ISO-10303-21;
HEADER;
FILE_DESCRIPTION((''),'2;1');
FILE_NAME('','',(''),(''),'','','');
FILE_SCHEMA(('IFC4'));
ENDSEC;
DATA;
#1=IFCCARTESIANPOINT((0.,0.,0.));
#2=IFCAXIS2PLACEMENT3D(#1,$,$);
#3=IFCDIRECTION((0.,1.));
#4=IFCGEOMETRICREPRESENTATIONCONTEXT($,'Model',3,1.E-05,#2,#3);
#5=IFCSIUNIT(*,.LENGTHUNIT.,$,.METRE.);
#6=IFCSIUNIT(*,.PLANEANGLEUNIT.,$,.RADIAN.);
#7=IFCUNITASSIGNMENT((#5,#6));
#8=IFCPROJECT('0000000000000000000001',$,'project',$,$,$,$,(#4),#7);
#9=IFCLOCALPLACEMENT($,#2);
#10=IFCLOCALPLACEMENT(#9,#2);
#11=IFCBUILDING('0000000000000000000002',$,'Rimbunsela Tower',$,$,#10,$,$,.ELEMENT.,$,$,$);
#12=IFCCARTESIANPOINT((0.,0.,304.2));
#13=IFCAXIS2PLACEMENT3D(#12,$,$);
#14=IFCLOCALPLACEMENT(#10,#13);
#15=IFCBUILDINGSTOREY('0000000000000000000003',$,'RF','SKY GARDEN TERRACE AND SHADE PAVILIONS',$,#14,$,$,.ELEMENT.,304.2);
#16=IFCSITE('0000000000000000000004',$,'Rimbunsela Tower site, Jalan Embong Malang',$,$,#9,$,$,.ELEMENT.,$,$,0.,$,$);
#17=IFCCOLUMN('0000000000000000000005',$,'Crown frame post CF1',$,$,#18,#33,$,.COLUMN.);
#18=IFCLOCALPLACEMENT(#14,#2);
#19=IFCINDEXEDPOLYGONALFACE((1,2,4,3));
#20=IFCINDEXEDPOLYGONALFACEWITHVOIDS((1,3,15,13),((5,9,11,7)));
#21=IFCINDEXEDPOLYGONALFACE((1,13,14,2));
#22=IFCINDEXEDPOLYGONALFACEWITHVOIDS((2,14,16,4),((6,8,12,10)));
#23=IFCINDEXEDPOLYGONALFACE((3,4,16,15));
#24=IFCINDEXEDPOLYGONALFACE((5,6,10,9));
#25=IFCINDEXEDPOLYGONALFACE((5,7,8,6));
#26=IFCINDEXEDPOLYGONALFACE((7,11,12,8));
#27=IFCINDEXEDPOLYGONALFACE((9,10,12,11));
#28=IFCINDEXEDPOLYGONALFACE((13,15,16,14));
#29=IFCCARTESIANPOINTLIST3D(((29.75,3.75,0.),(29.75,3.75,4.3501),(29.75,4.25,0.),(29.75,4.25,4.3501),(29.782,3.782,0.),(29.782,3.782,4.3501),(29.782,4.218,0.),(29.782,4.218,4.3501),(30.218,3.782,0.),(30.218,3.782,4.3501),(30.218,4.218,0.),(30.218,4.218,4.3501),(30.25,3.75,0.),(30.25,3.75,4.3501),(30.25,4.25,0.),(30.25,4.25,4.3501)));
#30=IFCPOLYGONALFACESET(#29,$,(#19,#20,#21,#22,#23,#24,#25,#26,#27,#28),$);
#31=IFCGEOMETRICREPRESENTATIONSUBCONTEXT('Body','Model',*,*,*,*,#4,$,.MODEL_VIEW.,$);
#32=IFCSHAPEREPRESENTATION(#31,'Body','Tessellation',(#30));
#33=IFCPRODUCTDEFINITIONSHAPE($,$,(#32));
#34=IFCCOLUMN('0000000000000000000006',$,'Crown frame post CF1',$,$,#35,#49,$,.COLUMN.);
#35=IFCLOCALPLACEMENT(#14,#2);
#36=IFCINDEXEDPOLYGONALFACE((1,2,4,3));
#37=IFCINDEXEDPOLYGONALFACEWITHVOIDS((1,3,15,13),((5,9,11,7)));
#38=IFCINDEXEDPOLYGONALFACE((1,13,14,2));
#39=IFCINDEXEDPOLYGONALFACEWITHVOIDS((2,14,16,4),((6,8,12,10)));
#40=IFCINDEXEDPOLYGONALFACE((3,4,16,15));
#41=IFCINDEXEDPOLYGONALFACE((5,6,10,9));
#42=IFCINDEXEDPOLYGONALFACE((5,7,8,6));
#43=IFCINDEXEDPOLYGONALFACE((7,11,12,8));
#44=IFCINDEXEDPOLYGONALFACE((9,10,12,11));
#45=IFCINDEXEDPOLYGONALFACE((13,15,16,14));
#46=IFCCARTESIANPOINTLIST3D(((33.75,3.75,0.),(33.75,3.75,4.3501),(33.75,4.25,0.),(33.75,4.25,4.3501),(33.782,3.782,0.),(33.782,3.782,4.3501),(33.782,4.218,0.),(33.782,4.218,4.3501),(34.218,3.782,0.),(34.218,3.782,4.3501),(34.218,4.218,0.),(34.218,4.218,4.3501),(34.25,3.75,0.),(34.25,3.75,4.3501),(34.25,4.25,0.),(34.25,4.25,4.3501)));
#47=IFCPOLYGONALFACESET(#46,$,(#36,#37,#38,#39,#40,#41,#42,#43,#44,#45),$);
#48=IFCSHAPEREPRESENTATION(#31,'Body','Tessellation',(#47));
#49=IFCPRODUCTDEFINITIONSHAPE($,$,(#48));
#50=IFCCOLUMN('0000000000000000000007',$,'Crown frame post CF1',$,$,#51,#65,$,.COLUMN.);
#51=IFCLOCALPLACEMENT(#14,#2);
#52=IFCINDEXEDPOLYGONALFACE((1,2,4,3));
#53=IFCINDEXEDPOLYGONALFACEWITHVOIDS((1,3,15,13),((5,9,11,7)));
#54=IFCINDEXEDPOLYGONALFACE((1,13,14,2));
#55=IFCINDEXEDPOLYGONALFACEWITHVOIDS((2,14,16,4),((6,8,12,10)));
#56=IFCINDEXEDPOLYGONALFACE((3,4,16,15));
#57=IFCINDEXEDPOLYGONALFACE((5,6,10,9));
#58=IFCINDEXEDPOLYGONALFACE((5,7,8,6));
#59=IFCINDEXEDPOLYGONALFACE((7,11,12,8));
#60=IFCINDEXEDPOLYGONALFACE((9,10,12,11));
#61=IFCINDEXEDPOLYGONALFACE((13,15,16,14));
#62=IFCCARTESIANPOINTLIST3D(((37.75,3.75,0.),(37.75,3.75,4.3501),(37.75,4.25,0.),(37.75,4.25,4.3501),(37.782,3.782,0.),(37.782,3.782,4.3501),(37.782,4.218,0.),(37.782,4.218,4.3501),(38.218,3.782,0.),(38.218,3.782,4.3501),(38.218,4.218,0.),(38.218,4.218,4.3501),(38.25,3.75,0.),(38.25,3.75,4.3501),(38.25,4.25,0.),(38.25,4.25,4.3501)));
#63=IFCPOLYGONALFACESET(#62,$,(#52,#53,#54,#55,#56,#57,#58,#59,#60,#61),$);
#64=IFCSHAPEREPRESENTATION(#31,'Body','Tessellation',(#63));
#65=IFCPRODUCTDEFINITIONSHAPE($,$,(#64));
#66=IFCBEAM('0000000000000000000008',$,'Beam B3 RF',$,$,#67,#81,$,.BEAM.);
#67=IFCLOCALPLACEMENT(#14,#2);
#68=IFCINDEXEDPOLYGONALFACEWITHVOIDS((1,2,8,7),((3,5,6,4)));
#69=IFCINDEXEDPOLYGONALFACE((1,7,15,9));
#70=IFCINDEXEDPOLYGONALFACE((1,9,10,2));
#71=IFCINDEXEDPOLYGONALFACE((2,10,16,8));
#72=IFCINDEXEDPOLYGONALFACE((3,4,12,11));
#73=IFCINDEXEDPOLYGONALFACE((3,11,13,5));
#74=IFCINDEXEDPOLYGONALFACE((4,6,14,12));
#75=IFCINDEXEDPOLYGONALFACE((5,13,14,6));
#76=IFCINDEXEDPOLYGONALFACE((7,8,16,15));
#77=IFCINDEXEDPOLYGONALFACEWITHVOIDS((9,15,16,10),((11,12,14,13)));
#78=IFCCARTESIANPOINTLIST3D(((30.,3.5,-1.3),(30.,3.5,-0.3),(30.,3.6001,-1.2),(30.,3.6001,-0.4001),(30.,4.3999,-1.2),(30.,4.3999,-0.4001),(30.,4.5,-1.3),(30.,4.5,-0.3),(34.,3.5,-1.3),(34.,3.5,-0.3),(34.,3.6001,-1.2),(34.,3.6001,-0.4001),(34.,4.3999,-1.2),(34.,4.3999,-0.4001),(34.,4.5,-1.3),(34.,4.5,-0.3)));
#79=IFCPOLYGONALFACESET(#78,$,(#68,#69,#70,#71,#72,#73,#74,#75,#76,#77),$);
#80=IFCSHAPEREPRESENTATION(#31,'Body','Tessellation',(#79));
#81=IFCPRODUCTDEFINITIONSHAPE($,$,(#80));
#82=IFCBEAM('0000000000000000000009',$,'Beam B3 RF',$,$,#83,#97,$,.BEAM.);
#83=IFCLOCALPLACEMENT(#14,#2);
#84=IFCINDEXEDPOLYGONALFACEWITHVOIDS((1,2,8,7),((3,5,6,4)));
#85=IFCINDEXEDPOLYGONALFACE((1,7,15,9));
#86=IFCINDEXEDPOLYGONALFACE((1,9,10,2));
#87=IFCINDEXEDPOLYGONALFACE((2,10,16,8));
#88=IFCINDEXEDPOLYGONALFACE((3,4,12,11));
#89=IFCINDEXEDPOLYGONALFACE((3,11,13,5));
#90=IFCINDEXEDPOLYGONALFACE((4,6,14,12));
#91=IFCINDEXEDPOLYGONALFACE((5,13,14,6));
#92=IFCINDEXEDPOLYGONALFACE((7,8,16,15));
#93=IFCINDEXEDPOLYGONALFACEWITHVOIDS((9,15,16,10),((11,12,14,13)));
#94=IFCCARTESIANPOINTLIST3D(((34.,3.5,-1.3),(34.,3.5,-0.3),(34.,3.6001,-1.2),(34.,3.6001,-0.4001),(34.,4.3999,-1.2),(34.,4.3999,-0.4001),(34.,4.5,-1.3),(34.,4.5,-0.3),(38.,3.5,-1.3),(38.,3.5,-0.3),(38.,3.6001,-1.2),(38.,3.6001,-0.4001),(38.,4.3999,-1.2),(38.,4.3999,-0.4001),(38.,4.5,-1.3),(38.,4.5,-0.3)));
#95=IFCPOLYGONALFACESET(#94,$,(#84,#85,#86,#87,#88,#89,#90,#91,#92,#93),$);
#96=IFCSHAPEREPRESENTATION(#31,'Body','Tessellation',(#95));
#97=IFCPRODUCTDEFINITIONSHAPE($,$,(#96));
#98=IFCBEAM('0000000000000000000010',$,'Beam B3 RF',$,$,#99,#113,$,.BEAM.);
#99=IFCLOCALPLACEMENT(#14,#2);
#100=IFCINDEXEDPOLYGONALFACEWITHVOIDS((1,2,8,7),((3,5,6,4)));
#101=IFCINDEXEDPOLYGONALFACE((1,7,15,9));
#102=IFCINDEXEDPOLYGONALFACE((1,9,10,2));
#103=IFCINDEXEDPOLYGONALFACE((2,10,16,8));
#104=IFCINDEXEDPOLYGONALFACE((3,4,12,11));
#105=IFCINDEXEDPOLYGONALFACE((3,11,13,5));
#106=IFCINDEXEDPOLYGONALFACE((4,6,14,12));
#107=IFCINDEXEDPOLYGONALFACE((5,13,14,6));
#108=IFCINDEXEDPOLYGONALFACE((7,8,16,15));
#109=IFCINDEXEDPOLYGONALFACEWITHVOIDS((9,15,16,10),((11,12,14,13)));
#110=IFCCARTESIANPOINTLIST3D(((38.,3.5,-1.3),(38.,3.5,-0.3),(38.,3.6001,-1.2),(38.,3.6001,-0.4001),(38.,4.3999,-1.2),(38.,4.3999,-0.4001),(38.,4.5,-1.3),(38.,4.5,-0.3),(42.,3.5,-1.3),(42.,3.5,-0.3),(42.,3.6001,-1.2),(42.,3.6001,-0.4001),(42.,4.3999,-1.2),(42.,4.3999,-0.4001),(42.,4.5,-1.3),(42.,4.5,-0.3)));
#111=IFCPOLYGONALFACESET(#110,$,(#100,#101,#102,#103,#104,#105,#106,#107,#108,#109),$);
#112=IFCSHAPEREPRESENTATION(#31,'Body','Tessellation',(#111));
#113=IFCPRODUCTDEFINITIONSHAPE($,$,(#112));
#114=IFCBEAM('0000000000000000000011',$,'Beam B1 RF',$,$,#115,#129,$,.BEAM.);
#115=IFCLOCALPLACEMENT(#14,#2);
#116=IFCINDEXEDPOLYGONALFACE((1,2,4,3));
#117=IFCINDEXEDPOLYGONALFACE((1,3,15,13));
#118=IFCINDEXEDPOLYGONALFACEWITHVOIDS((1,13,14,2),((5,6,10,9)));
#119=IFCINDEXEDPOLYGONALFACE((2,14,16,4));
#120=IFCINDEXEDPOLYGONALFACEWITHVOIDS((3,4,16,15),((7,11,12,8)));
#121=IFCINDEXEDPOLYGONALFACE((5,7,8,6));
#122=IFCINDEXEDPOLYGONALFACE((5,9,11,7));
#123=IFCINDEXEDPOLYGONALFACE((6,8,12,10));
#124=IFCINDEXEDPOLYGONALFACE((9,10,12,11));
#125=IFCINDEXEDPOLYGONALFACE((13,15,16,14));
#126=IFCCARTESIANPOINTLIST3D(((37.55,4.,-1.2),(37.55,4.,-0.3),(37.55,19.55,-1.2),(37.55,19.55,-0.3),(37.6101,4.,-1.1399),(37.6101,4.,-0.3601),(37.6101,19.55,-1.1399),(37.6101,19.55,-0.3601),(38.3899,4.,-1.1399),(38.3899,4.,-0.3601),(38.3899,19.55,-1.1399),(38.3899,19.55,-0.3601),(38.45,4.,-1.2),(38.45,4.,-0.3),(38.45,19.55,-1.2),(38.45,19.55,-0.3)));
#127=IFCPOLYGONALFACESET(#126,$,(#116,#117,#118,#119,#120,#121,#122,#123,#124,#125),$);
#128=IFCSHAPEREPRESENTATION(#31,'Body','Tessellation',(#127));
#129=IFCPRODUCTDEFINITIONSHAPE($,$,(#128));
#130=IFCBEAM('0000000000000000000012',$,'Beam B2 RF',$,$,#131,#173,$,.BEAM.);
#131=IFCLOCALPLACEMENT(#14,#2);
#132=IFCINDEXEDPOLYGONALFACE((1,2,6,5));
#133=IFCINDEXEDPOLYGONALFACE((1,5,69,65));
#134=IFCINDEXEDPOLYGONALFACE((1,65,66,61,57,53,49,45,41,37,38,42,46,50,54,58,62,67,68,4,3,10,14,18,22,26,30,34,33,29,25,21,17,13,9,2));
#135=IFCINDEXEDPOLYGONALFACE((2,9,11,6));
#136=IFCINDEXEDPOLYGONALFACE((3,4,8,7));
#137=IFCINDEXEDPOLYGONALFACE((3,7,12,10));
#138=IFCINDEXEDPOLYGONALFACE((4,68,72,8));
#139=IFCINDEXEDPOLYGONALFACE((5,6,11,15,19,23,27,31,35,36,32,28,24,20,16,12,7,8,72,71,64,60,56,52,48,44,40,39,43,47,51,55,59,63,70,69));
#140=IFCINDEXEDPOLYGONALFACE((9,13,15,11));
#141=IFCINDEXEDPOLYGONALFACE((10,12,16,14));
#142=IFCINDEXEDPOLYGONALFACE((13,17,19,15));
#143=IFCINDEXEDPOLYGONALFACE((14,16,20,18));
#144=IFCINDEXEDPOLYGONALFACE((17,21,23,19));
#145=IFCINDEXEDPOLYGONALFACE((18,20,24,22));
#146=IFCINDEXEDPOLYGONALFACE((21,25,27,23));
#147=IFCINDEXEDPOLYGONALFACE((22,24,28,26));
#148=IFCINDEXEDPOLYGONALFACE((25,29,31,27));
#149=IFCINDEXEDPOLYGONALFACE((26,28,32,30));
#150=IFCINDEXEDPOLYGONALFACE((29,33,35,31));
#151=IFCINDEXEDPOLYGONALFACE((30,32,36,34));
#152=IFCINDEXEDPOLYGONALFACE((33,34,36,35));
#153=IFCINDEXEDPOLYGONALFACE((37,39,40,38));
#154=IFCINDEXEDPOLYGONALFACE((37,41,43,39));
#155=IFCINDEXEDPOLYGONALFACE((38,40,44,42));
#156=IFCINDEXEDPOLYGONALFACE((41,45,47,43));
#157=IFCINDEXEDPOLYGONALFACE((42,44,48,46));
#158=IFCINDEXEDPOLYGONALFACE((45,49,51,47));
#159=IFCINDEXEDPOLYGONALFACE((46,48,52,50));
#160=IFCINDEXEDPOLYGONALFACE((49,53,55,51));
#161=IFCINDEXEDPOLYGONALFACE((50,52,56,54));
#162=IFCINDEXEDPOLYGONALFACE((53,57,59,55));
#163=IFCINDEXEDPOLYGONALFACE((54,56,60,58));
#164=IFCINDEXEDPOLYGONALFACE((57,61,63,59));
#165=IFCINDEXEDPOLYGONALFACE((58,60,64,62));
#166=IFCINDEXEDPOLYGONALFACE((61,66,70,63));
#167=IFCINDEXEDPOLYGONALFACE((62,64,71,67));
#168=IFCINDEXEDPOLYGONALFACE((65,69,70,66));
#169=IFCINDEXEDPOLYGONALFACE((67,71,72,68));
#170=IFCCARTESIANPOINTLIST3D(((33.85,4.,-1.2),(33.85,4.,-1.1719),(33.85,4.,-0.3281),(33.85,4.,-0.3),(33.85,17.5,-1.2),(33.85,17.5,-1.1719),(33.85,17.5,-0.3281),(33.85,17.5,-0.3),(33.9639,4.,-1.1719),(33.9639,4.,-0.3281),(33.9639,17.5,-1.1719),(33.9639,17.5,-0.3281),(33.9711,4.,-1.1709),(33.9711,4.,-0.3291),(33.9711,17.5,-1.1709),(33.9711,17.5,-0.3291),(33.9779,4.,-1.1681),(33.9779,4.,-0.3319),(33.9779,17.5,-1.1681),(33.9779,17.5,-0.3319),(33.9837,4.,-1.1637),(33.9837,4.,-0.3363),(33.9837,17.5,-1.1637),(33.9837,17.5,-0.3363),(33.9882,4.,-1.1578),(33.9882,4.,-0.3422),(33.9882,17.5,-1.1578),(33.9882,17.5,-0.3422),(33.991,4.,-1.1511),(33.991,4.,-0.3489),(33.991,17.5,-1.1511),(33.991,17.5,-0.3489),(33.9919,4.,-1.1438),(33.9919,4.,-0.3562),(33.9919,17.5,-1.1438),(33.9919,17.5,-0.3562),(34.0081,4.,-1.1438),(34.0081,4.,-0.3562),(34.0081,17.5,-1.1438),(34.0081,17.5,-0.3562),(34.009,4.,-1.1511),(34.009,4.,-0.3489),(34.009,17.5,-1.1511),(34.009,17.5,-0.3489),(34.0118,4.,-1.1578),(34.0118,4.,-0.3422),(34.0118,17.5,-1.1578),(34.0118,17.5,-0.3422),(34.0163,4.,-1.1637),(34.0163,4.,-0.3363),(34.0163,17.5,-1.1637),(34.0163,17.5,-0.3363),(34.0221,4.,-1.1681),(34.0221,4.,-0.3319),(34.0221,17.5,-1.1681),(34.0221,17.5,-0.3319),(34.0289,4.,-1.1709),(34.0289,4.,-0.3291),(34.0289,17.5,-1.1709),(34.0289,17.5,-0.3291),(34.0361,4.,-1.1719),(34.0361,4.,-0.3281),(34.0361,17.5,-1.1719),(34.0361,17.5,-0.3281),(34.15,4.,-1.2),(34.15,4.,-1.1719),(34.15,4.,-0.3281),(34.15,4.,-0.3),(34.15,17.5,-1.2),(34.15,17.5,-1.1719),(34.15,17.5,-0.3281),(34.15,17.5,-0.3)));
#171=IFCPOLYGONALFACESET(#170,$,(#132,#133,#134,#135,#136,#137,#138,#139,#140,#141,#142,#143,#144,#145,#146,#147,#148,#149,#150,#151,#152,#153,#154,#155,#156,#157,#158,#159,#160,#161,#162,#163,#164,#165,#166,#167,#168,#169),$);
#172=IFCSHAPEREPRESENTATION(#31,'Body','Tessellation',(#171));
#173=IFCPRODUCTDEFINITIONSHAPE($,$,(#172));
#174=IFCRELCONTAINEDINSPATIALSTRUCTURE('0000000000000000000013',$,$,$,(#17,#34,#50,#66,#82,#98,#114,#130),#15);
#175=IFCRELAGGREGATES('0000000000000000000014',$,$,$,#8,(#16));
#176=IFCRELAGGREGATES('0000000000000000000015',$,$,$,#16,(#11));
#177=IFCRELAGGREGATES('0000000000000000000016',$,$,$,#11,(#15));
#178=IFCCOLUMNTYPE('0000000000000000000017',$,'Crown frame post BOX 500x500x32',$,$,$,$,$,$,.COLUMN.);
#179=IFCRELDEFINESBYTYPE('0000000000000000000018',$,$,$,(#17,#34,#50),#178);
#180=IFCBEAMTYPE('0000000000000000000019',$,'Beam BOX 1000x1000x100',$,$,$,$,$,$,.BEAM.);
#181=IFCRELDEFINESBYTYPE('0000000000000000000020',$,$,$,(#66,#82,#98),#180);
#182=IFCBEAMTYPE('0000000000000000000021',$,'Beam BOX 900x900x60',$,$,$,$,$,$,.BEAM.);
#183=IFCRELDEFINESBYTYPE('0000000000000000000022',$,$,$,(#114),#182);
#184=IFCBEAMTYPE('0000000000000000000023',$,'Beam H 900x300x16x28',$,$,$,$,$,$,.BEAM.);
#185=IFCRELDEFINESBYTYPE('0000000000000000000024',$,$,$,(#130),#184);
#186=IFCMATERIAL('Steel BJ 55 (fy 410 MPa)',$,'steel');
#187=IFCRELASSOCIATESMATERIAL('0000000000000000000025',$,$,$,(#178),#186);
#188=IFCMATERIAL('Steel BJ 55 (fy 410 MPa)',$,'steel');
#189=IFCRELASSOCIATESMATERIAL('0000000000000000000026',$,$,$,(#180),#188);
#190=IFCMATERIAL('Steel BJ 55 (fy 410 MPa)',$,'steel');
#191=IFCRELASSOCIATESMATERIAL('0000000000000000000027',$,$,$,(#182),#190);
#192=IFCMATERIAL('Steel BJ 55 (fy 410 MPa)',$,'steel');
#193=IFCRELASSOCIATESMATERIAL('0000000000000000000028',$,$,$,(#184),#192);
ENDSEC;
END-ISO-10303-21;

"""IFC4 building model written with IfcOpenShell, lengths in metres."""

from ifc_helpers import new_model, si_unit, direction, frame, origin, origin_2d, place, context, subcontext, project, spatial, hollow_rectangle, i_section, extrude, material, material_profile, profile_set, type_object, element, save


model = new_model("IFC4")

# Units and contexts
model_context = context("Model", 3, precision=1e-05, world=origin(), true_north=direction((0.0, 1.0)))
body_context = subcontext(model_context, "Body", "Model", "MODEL_VIEW")
ifc_project = project(units=[si_unit("LENGTHUNIT", "METRE"), si_unit("PLANEANGLEUNIT", "RADIAN")], contexts=[model_context])

# Site, building, storey
site_placement = place(None, origin())
site = spatial("IfcSite", under=ifc_project, at=site_placement, Name="Rimbunsela Tower site, Jalan Embong Malang", CompositionType="ELEMENT", RefElevation=0.0)
building_placement = place(site_placement, origin())
building = spatial("IfcBuilding", under=site, at=building_placement, Name="Rimbunsela Tower", CompositionType="ELEMENT")
storey_placement = place(building_placement, frame((0.0, 0.0, 304.2)))
storey = spatial("IfcBuildingStorey", under=building, at=storey_placement, Name="RF", Description="SKY GARDEN TERRACE AND SHADE PAVILIONS", CompositionType="ELEMENT", Elevation=304.2)

# Columns
ifc_material_1 = material(Name="Steel BJ 55 (fy 410 MPa)", Category="steel")
ifc_material_profile_1 = material_profile(ifc_material_1, hollow_rectangle(XDim=0.5, YDim=0.5, WallThickness=0.032, at=origin_2d()), Name="BOX 500x500x32")
ifc_profile_set_1 = profile_set([ifc_material_profile_1], Name="Steel BJ 55 (fy 410 MPa)")
column_type = type_object("IfcColumnType", Name="Crown frame post BOX 500x500x32", PredefinedType="COLUMN", material=ifc_profile_set_1)
for number, where, z_axis, x_axis, name in (
    (1, (30.0, 4.0, 0.0), (0.0, 0.0, 1.0), (1.0, 0.0, 0.0), "Crown frame post CF1"),
    (2, (34.0, 4.0, 0.0), (0.0, 0.0, 1.0), (1.0, 0.0, 0.0), "Crown frame post CF1"),
    (3, (38.0, 4.0, 0.0), (0.0, 0.0, 1.0), (1.0, 0.0, 0.0), "Crown frame post CF1"),
):
    element("IfcColumn", number, at=place(storey_placement, frame(where, z_axis=z_axis, x_axis=x_axis)), inside=storey, type_object=column_type, Name=name, PredefinedType="COLUMN", context=body_context, shape_type="SweptSolid", body=[
        extrude(hollow_rectangle(XDim=0.5, YDim=0.5, WallThickness=0.032, at=origin_2d()), origin(), (0.0, 0.0, 1.0), 4.3501),
    ])

# Beams
ifc_material_2 = material(Name="Steel BJ 55 (fy 410 MPa)", Category="steel")
ifc_material_profile_2 = material_profile(ifc_material_2, hollow_rectangle(XDim=1.0, YDim=1.0, WallThickness=0.1001, at=origin_2d()), Name="BOX 1000x1000x100")
ifc_profile_set_2 = profile_set([ifc_material_profile_2], Name="Steel BJ 55 (fy 410 MPa)")
beam_type_1 = type_object("IfcBeamType", Name="Beam BOX 1000x1000x100", PredefinedType="BEAM", material=ifc_profile_set_2)
for number, where, z_axis, x_axis, name in (
    (4, (30.0, 4.0, -0.8), (1.0, 0.0, 0.0), (0.0, 1.0, 0.0), "Beam B3 RF"),
    (5, (34.0, 4.0, -0.8), (1.0, 0.0, 0.0), (0.0, 1.0, 0.0), "Beam B3 RF"),
    (6, (38.0, 4.0, -0.8), (1.0, 0.0, 0.0), (0.0, 1.0, 0.0), "Beam B3 RF"),
):
    element("IfcBeam", number, at=place(storey_placement, frame(where, z_axis=z_axis, x_axis=x_axis)), inside=storey, type_object=beam_type_1, Name=name, PredefinedType="BEAM", context=body_context, shape_type="SweptSolid", body=[
        extrude(hollow_rectangle(XDim=1.0, YDim=1.0, WallThickness=0.1001, at=origin_2d()), origin(), (0.0, 0.0, 1.0), 4.0),
    ])
ifc_material_3 = material(Name="Steel BJ 55 (fy 410 MPa)", Category="steel")
ifc_material_profile_3 = material_profile(ifc_material_3, hollow_rectangle(XDim=0.8999, YDim=0.8999, WallThickness=0.0601, at=origin_2d()), Name="BOX 900x900x60")
ifc_profile_set_3 = profile_set([ifc_material_profile_3], Name="Steel BJ 55 (fy 410 MPa)")
beam_type_2 = type_object("IfcBeamType", Name="Beam BOX 900x900x60", PredefinedType="BEAM", material=ifc_profile_set_3)
beam_1_placement = place(storey_placement, frame((38.0, 4.0, -0.75), z_axis=(0.0, 1.0, 0.0), x_axis=(-1.0, 0.0, 0.0)))
element("IfcBeam", 7, at=beam_1_placement, inside=storey, type_object=beam_type_2, Name="Beam B1 RF", PredefinedType="BEAM", context=body_context, shape_type="SweptSolid", body=[
    extrude(hollow_rectangle(XDim=0.8999, YDim=0.8999, WallThickness=0.0601, at=origin_2d()), origin(), (0.0, 0.0, 1.0), 15.55),
])
ifc_material_4 = material(Name="Steel BJ 55 (fy 410 MPa)", Category="steel")
ifc_material_profile_4 = material_profile(ifc_material_4, i_section(OverallWidth=0.3, OverallDepth=0.8999, WebThickness=0.0161, FlangeThickness=0.0281, FilletRadius=0.0281, at=origin_2d()), Name="H 900x300x16x28")
ifc_profile_set_4 = profile_set([ifc_material_profile_4], Name="Steel BJ 55 (fy 410 MPa)")
beam_type_3 = type_object("IfcBeamType", Name="Beam H 900x300x16x28", PredefinedType="BEAM", material=ifc_profile_set_4)
beam_2_placement = place(storey_placement, frame((34.0, 4.0, -0.75), z_axis=(0.0, 1.0, 0.0), x_axis=(-1.0, 0.0, 0.0)))
element("IfcBeam", 8, at=beam_2_placement, inside=storey, type_object=beam_type_3, Name="Beam B2 RF", PredefinedType="BEAM", context=body_context, shape_type="SweptSolid", body=[
    extrude(i_section(OverallWidth=0.3, OverallDepth=0.8999, WebThickness=0.0161, FlangeThickness=0.0281, FilletRadius=0.0281, at=origin_2d()), origin(), (0.0, 0.0, 1.0), 13.5),
])

save(model, "model.ifc")
